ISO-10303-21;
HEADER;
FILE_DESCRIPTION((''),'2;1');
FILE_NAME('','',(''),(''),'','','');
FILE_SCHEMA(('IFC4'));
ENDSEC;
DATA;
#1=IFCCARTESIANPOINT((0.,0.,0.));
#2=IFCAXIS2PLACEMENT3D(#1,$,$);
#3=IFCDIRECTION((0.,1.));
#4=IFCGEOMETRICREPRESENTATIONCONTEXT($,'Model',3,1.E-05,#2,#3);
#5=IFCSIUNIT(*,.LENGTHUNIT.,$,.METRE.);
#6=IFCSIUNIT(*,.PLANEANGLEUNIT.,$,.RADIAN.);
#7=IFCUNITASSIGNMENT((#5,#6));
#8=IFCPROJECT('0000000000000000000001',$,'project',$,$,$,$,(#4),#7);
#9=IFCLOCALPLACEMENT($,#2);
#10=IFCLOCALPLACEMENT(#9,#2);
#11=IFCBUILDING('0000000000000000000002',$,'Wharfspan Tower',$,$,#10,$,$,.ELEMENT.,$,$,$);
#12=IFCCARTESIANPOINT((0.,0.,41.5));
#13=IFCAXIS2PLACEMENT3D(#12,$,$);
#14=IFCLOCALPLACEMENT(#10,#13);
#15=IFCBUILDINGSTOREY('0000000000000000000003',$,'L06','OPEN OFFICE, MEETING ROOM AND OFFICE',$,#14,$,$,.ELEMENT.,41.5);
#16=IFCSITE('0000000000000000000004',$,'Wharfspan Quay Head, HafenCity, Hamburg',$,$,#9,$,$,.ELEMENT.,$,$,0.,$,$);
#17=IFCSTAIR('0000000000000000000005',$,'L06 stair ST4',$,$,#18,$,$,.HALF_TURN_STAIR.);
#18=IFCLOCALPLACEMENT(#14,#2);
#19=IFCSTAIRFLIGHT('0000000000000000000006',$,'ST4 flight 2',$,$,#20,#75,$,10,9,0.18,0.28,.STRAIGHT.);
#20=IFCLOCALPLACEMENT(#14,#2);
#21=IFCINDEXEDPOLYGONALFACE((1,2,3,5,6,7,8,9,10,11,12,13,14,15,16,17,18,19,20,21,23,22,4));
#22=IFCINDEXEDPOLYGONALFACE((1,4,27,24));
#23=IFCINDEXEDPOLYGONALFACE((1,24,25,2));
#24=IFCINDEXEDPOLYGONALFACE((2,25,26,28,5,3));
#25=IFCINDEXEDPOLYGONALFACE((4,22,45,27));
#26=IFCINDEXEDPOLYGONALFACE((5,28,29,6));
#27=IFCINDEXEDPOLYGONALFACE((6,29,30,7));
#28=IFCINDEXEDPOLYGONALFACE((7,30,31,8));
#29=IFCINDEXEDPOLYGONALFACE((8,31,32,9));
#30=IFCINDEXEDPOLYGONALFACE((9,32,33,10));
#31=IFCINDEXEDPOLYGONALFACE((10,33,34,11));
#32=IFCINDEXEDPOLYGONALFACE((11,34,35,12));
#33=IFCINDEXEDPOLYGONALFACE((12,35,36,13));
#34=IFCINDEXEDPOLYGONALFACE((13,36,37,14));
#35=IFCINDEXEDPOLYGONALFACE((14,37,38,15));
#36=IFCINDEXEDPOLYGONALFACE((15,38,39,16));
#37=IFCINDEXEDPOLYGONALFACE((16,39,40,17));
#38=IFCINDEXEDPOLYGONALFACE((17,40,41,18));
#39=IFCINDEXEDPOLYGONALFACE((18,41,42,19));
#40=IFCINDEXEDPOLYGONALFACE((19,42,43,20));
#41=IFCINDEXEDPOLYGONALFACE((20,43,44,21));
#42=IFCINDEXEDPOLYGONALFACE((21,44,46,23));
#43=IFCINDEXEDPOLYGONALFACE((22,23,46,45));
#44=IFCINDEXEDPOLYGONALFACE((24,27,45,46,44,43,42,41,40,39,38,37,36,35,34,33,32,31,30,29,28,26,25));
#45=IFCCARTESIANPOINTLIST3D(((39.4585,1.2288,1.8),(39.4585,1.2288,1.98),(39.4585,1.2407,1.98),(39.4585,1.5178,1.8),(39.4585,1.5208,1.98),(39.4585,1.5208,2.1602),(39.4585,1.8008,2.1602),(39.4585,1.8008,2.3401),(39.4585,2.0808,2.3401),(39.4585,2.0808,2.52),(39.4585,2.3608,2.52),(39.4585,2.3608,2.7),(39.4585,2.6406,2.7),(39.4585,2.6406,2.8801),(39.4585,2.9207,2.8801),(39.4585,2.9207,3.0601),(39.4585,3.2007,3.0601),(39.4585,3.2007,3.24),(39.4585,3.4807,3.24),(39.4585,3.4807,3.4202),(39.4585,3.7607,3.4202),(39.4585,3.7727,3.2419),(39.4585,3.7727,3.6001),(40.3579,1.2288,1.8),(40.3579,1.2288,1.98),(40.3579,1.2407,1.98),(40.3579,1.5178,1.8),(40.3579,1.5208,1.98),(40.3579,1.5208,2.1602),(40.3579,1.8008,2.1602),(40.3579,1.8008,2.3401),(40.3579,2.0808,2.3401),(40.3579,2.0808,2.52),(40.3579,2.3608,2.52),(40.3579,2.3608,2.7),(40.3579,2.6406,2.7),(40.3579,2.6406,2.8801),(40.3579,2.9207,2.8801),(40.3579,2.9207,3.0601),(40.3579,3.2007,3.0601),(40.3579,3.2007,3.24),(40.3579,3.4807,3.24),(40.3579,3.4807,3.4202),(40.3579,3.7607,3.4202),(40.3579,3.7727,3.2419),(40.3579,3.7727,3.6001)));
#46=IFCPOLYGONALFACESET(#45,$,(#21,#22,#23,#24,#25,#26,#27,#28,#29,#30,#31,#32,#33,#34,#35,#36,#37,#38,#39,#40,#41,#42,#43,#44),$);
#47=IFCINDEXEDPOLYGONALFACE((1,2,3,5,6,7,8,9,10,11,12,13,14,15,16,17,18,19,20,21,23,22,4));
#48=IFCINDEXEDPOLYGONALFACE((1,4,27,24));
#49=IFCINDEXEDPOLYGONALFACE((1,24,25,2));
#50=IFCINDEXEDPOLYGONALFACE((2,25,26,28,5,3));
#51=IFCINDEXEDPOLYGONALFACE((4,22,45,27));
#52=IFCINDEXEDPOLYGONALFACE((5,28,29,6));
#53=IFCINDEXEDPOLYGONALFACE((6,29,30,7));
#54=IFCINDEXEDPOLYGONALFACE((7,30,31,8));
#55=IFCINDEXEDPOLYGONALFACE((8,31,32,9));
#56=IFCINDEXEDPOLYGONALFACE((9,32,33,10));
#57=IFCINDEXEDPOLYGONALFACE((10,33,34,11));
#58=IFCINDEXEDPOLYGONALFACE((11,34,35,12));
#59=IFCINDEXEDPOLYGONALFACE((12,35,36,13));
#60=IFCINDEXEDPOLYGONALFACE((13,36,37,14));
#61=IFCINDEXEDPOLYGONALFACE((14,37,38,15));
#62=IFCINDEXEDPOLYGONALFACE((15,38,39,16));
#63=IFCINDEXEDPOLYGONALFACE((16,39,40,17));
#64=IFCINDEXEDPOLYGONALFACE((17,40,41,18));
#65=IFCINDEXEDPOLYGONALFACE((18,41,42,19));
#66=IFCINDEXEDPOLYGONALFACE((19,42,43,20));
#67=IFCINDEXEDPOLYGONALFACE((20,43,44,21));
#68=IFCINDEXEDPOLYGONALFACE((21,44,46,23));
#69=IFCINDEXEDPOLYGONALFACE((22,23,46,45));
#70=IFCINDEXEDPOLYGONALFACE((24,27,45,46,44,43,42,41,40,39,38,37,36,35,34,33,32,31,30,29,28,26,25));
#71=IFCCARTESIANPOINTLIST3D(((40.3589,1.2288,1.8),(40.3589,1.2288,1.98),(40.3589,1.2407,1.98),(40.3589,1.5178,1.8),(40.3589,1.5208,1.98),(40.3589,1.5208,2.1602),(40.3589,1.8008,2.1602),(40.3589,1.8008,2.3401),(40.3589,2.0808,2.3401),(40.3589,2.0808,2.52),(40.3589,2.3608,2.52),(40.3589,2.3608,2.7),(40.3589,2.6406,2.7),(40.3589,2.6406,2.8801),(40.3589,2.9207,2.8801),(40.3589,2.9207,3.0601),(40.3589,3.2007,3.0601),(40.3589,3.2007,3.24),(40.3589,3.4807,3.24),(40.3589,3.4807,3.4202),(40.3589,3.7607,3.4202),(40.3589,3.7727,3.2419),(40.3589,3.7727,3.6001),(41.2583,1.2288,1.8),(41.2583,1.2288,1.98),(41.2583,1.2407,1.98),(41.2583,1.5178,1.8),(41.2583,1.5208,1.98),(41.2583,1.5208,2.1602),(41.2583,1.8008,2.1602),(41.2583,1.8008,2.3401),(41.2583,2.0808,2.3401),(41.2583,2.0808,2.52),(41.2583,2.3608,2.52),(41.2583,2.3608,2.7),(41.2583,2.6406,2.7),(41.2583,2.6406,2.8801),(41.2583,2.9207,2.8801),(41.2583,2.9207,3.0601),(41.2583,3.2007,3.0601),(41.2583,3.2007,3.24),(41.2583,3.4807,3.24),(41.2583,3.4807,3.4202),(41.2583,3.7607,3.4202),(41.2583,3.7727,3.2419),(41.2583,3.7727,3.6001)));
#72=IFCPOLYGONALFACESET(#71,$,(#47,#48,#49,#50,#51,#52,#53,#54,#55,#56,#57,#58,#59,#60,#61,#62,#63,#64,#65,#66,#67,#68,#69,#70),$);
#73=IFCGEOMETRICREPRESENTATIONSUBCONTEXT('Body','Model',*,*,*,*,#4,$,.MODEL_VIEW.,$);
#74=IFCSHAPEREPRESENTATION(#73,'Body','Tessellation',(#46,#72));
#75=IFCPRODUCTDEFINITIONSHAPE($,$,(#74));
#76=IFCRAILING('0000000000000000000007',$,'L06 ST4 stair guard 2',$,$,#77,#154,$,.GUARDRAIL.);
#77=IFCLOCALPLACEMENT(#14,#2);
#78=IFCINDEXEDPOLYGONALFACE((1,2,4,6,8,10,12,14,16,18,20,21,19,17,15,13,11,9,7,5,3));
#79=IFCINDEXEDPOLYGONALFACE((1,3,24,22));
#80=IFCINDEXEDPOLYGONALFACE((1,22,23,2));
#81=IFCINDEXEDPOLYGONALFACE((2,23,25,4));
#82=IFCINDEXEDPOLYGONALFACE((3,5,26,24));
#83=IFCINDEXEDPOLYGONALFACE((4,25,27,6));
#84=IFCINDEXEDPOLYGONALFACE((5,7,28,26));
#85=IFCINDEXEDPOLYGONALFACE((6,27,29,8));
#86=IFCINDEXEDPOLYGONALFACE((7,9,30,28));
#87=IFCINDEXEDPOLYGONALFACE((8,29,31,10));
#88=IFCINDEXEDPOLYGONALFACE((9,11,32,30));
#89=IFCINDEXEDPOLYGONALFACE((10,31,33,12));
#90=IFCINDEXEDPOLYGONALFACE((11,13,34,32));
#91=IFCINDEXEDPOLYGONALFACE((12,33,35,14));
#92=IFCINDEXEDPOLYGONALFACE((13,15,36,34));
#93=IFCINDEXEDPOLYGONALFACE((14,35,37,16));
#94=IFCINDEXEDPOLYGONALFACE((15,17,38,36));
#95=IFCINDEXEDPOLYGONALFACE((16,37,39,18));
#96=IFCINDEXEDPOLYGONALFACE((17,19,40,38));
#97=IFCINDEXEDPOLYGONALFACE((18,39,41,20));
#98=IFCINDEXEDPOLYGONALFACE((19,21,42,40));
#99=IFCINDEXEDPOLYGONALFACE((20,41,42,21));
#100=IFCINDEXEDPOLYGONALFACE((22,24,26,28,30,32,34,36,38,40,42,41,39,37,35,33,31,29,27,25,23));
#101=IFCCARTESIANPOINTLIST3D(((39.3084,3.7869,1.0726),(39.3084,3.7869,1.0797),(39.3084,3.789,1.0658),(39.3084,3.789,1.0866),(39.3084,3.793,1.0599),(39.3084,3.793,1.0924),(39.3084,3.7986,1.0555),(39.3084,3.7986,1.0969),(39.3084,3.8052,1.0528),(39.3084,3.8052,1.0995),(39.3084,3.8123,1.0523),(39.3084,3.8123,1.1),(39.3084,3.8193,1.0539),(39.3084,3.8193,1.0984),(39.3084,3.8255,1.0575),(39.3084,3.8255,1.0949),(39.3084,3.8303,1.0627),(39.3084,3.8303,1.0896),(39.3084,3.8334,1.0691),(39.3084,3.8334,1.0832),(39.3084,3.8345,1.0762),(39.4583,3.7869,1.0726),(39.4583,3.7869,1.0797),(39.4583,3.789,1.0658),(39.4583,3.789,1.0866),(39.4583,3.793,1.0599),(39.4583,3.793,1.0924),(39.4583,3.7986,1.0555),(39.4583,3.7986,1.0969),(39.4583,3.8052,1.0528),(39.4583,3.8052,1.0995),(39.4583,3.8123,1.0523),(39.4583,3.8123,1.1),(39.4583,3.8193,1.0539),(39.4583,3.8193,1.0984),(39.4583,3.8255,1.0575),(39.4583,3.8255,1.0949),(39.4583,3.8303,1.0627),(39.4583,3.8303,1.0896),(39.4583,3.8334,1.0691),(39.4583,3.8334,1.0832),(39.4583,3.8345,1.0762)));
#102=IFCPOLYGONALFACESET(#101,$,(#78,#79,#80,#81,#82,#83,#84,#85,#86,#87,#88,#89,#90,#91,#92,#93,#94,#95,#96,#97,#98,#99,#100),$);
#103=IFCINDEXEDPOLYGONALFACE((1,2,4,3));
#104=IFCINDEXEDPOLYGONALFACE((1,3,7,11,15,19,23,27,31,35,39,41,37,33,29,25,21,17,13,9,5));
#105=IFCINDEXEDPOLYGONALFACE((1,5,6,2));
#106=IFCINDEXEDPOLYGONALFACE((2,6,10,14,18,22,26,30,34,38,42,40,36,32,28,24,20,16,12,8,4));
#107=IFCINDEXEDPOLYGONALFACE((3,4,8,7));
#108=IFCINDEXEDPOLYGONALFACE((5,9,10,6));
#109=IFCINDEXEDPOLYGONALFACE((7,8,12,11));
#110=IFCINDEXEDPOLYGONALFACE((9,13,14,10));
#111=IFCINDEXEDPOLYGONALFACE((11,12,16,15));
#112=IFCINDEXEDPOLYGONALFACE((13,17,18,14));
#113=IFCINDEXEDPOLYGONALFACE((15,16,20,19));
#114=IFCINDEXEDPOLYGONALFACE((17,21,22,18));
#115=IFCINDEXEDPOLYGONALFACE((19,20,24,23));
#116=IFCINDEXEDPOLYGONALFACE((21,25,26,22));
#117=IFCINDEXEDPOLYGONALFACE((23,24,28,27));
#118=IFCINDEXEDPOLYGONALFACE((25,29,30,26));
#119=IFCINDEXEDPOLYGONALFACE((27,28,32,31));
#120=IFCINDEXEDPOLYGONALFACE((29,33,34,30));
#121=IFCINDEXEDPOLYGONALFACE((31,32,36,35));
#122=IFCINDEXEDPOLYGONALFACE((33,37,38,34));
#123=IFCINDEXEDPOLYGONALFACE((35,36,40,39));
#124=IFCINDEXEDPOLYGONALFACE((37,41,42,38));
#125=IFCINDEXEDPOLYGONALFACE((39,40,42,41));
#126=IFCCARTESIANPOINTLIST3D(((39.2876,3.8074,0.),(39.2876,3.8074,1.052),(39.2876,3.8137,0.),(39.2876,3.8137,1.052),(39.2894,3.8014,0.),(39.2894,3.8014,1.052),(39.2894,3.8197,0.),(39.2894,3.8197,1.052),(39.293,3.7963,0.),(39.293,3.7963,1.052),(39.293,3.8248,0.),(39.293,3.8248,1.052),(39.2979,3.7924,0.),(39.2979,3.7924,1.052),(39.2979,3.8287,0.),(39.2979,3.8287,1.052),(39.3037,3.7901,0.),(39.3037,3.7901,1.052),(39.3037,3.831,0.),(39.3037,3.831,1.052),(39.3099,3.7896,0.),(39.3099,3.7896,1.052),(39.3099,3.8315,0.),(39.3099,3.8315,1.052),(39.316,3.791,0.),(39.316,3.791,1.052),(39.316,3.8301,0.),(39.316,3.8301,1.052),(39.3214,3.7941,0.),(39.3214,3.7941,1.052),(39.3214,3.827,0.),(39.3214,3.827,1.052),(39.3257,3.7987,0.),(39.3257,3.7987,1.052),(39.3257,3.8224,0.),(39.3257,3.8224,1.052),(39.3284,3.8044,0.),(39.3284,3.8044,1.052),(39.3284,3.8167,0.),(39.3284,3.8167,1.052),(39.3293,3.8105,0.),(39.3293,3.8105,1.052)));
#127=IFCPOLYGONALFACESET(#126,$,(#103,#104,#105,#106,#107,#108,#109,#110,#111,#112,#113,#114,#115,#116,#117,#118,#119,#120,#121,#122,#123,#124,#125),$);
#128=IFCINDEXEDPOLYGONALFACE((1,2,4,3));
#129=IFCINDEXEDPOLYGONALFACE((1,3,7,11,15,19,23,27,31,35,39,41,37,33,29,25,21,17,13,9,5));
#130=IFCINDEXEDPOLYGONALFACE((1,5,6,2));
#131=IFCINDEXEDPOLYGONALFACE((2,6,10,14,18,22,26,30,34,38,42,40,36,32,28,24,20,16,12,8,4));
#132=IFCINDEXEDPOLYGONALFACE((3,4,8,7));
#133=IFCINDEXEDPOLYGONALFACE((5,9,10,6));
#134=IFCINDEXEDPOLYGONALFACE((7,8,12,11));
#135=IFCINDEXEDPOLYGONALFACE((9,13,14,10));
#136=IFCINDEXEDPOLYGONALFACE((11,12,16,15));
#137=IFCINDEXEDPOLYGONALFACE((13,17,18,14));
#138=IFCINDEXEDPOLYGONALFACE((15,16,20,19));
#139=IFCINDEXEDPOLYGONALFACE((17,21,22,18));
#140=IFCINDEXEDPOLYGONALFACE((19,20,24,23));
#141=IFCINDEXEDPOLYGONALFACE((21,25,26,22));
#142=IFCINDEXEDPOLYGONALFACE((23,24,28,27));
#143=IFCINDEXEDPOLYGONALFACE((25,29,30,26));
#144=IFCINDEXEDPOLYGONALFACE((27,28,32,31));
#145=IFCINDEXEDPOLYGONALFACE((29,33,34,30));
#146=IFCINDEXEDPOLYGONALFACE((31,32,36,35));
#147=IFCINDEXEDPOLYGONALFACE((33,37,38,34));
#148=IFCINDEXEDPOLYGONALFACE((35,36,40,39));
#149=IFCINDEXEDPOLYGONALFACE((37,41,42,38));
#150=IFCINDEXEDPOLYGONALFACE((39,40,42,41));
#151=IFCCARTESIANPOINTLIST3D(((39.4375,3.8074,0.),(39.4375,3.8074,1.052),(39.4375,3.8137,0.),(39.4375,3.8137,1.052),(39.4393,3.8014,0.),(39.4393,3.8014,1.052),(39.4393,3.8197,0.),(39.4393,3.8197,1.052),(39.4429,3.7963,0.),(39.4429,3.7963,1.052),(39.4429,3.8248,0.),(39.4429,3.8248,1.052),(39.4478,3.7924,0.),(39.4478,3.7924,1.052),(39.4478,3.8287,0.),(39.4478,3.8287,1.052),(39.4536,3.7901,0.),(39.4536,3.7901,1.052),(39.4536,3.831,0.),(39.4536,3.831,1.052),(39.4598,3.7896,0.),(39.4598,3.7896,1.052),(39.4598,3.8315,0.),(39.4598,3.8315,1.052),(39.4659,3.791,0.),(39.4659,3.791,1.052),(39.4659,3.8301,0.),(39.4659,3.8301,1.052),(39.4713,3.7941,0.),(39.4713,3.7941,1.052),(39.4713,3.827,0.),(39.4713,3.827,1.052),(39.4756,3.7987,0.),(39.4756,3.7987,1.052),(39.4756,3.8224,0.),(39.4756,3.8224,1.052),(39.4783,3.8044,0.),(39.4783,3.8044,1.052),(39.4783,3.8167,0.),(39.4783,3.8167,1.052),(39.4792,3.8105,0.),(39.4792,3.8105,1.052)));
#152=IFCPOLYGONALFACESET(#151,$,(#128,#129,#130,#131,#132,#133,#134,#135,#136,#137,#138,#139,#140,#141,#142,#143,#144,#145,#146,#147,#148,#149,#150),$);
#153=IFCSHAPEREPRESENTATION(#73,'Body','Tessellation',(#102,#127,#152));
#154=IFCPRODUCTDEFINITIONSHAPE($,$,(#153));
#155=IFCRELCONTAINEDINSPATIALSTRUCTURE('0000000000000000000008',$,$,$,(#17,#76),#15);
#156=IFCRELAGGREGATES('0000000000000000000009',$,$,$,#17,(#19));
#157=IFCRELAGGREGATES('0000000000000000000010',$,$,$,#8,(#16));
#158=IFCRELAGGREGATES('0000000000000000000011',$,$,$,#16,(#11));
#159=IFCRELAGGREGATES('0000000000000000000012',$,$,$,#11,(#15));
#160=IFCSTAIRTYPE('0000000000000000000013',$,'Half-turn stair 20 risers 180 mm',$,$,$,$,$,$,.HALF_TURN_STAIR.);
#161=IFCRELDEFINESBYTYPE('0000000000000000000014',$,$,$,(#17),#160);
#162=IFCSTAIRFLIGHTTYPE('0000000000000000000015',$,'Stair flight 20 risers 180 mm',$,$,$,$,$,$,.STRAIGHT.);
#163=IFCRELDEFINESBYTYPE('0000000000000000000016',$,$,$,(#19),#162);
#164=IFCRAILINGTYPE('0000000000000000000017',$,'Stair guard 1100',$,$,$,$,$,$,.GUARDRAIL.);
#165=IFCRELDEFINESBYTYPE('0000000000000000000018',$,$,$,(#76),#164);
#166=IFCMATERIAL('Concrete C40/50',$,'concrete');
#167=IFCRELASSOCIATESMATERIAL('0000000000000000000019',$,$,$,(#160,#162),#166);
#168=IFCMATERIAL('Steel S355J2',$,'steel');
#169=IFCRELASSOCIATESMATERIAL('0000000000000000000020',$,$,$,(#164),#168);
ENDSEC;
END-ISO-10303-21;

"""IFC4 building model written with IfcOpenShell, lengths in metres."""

from ifc_helpers import new_model, si_unit, direction, frame, origin, origin_2d, place, context, subcontext, project, spatial, polyline, circle, outline, extrude, material, type_object, element, aggregate, save


model = new_model("IFC4")

# Units and contexts
model_context = context("Model", 3, precision=1e-05, world=origin(), true_north=direction((0.0, 1.0)))
body_context = subcontext(model_context, "Body", "Model", "MODEL_VIEW")
ifc_project = project(units=[si_unit("LENGTHUNIT", "METRE"), si_unit("PLANEANGLEUNIT", "RADIAN")], contexts=[model_context])

# Site, building, storey
site_placement = place(None, origin())
site = spatial("IfcSite", under=ifc_project, at=site_placement, Name="Wharfspan Quay Head, HafenCity, Hamburg", CompositionType="ELEMENT", RefElevation=0.0)
building_placement = place(site_placement, origin())
building = spatial("IfcBuilding", under=site, at=building_placement, Name="Wharfspan Tower", CompositionType="ELEMENT")
storey_placement = place(building_placement, frame((0.0, 0.0, 41.5)))
storey = spatial("IfcBuildingStorey", under=building, at=storey_placement, Name="L06", Description="OPEN OFFICE, MEETING ROOM AND OFFICE", CompositionType="ELEMENT", Elevation=41.5)

# Shared definitions
ifc_material_1 = material(Name="Steel S355J2", Category="steel")

# Shared definitions
ifc_material_2 = material(Name="Concrete C40/50", Category="concrete")

# Stair, stair flight
stair_type = type_object("IfcStairType", Name="Half-turn stair 20 risers 180 mm", PredefinedType="HALF_TURN_STAIR", material=ifc_material_2)
stair_placement = place(storey_placement, origin())
stair = element("IfcStair", 1, at=stair_placement, inside=storey, type_object=stair_type, Name="L06 stair ST4", PredefinedType="HALF_TURN_STAIR")
stair_flight_type = type_object("IfcStairFlightType", Name="Stair flight 20 risers 180 mm", PredefinedType="STRAIGHT", material=ifc_material_2)
stair_flight_1_placement = place(storey_placement, frame((40.3584, 1.2407, 1.8), z_axis=(0.0, 0.0, 1.0), x_axis=(0.0, 1.0, 0.0)))
stair_flight_1 = element("IfcStairFlight", 2, at=stair_flight_1_placement, type_object=stair_flight_type, Name="ST4 flight 2", NumberOfRisers=10, NumberOfTreads=9, PredefinedType="STRAIGHT", RiserHeight=0.18, TreadLength=0.28, context=body_context, shape_type="SweptSolid", body=[
    extrude(outline(polyline([(-0.012, 0.0), (-0.012, 0.1799), (0.0, 0.1799), (0.28, 0.1799), (0.28, 0.3601), (0.5601, 0.3601), (0.5601, 0.54), (0.8401, 0.54), (0.8401, 0.72), (1.1201, 0.72), (1.1201, 0.8999), (1.3999, 0.8999), (1.3999, 1.0801), (1.6799, 1.0801), (1.6799, 1.26), (1.96, 1.26), (1.96, 1.4399), (2.24, 1.4399), (2.24, 1.6201), (2.52, 1.6201), (2.532, 1.8), (2.532, 1.4419), (0.2771, 0.0), (-0.012, 0.0)])), frame((0.0, 0.8999, 0.0), z_axis=(0.0, -1.0, 0.0), x_axis=(1.0, 0.0, 0.0)), (0.0, 0.0, 1.0), 0.8994),
    extrude(outline(polyline([(-0.012, 0.0), (-0.012, 0.1799), (0.0, 0.1799), (0.28, 0.1799), (0.28, 0.3601), (0.5601, 0.3601), (0.5601, 0.54), (0.8401, 0.54), (0.8401, 0.72), (1.1201, 0.72), (1.1201, 0.8999), (1.3999, 0.8999), (1.3999, 1.0801), (1.6799, 1.0801), (1.6799, 1.26), (1.96, 1.26), (1.96, 1.4399), (2.24, 1.4399), (2.24, 1.6201), (2.52, 1.6201), (2.532, 1.8), (2.532, 1.4419), (0.2771, 0.0), (-0.012, 0.0)])), frame((0.0, -0.0005, 0.0), z_axis=(0.0, -1.0, 0.0), x_axis=(1.0, 0.0, 0.0)), (0.0, 0.0, 1.0), 0.8994),
])
aggregate(stair, [stair_flight_1])

# Railing
railing_type_1 = type_object("IfcRailingType", Name="Stair guard 1100", PredefinedType="GUARDRAIL", material=ifc_material_1)
railing_1_placement = place(storey_placement, frame((39.3083, 3.8105, 0.0)))
element("IfcRailing", 3, at=railing_1_placement, inside=storey, type_object=railing_type_1, Name="L06 ST4 stair guard 2", PredefinedType="GUARDRAIL", context=body_context, shape_type="SweptSolid", body=[
    extrude(circle(Radius=0.0239, at=origin_2d()), frame((0.0, 0.0, 1.0762), z_axis=(1.0, 0.0, 0.0), x_axis=(0.0, 1.0, 0.0)), (0.0, 0.0, 1.0), 0.1499),
    extrude(circle(Radius=0.021, at=origin_2d()), origin(), (0.0, 0.0, 1.0), 1.052),
    extrude(circle(Radius=0.021, at=origin_2d()), frame((0.1499, 0.0, 0.0)), (0.0, 0.0, 1.0), 1.052),
])

save(model, "model.ifc")
